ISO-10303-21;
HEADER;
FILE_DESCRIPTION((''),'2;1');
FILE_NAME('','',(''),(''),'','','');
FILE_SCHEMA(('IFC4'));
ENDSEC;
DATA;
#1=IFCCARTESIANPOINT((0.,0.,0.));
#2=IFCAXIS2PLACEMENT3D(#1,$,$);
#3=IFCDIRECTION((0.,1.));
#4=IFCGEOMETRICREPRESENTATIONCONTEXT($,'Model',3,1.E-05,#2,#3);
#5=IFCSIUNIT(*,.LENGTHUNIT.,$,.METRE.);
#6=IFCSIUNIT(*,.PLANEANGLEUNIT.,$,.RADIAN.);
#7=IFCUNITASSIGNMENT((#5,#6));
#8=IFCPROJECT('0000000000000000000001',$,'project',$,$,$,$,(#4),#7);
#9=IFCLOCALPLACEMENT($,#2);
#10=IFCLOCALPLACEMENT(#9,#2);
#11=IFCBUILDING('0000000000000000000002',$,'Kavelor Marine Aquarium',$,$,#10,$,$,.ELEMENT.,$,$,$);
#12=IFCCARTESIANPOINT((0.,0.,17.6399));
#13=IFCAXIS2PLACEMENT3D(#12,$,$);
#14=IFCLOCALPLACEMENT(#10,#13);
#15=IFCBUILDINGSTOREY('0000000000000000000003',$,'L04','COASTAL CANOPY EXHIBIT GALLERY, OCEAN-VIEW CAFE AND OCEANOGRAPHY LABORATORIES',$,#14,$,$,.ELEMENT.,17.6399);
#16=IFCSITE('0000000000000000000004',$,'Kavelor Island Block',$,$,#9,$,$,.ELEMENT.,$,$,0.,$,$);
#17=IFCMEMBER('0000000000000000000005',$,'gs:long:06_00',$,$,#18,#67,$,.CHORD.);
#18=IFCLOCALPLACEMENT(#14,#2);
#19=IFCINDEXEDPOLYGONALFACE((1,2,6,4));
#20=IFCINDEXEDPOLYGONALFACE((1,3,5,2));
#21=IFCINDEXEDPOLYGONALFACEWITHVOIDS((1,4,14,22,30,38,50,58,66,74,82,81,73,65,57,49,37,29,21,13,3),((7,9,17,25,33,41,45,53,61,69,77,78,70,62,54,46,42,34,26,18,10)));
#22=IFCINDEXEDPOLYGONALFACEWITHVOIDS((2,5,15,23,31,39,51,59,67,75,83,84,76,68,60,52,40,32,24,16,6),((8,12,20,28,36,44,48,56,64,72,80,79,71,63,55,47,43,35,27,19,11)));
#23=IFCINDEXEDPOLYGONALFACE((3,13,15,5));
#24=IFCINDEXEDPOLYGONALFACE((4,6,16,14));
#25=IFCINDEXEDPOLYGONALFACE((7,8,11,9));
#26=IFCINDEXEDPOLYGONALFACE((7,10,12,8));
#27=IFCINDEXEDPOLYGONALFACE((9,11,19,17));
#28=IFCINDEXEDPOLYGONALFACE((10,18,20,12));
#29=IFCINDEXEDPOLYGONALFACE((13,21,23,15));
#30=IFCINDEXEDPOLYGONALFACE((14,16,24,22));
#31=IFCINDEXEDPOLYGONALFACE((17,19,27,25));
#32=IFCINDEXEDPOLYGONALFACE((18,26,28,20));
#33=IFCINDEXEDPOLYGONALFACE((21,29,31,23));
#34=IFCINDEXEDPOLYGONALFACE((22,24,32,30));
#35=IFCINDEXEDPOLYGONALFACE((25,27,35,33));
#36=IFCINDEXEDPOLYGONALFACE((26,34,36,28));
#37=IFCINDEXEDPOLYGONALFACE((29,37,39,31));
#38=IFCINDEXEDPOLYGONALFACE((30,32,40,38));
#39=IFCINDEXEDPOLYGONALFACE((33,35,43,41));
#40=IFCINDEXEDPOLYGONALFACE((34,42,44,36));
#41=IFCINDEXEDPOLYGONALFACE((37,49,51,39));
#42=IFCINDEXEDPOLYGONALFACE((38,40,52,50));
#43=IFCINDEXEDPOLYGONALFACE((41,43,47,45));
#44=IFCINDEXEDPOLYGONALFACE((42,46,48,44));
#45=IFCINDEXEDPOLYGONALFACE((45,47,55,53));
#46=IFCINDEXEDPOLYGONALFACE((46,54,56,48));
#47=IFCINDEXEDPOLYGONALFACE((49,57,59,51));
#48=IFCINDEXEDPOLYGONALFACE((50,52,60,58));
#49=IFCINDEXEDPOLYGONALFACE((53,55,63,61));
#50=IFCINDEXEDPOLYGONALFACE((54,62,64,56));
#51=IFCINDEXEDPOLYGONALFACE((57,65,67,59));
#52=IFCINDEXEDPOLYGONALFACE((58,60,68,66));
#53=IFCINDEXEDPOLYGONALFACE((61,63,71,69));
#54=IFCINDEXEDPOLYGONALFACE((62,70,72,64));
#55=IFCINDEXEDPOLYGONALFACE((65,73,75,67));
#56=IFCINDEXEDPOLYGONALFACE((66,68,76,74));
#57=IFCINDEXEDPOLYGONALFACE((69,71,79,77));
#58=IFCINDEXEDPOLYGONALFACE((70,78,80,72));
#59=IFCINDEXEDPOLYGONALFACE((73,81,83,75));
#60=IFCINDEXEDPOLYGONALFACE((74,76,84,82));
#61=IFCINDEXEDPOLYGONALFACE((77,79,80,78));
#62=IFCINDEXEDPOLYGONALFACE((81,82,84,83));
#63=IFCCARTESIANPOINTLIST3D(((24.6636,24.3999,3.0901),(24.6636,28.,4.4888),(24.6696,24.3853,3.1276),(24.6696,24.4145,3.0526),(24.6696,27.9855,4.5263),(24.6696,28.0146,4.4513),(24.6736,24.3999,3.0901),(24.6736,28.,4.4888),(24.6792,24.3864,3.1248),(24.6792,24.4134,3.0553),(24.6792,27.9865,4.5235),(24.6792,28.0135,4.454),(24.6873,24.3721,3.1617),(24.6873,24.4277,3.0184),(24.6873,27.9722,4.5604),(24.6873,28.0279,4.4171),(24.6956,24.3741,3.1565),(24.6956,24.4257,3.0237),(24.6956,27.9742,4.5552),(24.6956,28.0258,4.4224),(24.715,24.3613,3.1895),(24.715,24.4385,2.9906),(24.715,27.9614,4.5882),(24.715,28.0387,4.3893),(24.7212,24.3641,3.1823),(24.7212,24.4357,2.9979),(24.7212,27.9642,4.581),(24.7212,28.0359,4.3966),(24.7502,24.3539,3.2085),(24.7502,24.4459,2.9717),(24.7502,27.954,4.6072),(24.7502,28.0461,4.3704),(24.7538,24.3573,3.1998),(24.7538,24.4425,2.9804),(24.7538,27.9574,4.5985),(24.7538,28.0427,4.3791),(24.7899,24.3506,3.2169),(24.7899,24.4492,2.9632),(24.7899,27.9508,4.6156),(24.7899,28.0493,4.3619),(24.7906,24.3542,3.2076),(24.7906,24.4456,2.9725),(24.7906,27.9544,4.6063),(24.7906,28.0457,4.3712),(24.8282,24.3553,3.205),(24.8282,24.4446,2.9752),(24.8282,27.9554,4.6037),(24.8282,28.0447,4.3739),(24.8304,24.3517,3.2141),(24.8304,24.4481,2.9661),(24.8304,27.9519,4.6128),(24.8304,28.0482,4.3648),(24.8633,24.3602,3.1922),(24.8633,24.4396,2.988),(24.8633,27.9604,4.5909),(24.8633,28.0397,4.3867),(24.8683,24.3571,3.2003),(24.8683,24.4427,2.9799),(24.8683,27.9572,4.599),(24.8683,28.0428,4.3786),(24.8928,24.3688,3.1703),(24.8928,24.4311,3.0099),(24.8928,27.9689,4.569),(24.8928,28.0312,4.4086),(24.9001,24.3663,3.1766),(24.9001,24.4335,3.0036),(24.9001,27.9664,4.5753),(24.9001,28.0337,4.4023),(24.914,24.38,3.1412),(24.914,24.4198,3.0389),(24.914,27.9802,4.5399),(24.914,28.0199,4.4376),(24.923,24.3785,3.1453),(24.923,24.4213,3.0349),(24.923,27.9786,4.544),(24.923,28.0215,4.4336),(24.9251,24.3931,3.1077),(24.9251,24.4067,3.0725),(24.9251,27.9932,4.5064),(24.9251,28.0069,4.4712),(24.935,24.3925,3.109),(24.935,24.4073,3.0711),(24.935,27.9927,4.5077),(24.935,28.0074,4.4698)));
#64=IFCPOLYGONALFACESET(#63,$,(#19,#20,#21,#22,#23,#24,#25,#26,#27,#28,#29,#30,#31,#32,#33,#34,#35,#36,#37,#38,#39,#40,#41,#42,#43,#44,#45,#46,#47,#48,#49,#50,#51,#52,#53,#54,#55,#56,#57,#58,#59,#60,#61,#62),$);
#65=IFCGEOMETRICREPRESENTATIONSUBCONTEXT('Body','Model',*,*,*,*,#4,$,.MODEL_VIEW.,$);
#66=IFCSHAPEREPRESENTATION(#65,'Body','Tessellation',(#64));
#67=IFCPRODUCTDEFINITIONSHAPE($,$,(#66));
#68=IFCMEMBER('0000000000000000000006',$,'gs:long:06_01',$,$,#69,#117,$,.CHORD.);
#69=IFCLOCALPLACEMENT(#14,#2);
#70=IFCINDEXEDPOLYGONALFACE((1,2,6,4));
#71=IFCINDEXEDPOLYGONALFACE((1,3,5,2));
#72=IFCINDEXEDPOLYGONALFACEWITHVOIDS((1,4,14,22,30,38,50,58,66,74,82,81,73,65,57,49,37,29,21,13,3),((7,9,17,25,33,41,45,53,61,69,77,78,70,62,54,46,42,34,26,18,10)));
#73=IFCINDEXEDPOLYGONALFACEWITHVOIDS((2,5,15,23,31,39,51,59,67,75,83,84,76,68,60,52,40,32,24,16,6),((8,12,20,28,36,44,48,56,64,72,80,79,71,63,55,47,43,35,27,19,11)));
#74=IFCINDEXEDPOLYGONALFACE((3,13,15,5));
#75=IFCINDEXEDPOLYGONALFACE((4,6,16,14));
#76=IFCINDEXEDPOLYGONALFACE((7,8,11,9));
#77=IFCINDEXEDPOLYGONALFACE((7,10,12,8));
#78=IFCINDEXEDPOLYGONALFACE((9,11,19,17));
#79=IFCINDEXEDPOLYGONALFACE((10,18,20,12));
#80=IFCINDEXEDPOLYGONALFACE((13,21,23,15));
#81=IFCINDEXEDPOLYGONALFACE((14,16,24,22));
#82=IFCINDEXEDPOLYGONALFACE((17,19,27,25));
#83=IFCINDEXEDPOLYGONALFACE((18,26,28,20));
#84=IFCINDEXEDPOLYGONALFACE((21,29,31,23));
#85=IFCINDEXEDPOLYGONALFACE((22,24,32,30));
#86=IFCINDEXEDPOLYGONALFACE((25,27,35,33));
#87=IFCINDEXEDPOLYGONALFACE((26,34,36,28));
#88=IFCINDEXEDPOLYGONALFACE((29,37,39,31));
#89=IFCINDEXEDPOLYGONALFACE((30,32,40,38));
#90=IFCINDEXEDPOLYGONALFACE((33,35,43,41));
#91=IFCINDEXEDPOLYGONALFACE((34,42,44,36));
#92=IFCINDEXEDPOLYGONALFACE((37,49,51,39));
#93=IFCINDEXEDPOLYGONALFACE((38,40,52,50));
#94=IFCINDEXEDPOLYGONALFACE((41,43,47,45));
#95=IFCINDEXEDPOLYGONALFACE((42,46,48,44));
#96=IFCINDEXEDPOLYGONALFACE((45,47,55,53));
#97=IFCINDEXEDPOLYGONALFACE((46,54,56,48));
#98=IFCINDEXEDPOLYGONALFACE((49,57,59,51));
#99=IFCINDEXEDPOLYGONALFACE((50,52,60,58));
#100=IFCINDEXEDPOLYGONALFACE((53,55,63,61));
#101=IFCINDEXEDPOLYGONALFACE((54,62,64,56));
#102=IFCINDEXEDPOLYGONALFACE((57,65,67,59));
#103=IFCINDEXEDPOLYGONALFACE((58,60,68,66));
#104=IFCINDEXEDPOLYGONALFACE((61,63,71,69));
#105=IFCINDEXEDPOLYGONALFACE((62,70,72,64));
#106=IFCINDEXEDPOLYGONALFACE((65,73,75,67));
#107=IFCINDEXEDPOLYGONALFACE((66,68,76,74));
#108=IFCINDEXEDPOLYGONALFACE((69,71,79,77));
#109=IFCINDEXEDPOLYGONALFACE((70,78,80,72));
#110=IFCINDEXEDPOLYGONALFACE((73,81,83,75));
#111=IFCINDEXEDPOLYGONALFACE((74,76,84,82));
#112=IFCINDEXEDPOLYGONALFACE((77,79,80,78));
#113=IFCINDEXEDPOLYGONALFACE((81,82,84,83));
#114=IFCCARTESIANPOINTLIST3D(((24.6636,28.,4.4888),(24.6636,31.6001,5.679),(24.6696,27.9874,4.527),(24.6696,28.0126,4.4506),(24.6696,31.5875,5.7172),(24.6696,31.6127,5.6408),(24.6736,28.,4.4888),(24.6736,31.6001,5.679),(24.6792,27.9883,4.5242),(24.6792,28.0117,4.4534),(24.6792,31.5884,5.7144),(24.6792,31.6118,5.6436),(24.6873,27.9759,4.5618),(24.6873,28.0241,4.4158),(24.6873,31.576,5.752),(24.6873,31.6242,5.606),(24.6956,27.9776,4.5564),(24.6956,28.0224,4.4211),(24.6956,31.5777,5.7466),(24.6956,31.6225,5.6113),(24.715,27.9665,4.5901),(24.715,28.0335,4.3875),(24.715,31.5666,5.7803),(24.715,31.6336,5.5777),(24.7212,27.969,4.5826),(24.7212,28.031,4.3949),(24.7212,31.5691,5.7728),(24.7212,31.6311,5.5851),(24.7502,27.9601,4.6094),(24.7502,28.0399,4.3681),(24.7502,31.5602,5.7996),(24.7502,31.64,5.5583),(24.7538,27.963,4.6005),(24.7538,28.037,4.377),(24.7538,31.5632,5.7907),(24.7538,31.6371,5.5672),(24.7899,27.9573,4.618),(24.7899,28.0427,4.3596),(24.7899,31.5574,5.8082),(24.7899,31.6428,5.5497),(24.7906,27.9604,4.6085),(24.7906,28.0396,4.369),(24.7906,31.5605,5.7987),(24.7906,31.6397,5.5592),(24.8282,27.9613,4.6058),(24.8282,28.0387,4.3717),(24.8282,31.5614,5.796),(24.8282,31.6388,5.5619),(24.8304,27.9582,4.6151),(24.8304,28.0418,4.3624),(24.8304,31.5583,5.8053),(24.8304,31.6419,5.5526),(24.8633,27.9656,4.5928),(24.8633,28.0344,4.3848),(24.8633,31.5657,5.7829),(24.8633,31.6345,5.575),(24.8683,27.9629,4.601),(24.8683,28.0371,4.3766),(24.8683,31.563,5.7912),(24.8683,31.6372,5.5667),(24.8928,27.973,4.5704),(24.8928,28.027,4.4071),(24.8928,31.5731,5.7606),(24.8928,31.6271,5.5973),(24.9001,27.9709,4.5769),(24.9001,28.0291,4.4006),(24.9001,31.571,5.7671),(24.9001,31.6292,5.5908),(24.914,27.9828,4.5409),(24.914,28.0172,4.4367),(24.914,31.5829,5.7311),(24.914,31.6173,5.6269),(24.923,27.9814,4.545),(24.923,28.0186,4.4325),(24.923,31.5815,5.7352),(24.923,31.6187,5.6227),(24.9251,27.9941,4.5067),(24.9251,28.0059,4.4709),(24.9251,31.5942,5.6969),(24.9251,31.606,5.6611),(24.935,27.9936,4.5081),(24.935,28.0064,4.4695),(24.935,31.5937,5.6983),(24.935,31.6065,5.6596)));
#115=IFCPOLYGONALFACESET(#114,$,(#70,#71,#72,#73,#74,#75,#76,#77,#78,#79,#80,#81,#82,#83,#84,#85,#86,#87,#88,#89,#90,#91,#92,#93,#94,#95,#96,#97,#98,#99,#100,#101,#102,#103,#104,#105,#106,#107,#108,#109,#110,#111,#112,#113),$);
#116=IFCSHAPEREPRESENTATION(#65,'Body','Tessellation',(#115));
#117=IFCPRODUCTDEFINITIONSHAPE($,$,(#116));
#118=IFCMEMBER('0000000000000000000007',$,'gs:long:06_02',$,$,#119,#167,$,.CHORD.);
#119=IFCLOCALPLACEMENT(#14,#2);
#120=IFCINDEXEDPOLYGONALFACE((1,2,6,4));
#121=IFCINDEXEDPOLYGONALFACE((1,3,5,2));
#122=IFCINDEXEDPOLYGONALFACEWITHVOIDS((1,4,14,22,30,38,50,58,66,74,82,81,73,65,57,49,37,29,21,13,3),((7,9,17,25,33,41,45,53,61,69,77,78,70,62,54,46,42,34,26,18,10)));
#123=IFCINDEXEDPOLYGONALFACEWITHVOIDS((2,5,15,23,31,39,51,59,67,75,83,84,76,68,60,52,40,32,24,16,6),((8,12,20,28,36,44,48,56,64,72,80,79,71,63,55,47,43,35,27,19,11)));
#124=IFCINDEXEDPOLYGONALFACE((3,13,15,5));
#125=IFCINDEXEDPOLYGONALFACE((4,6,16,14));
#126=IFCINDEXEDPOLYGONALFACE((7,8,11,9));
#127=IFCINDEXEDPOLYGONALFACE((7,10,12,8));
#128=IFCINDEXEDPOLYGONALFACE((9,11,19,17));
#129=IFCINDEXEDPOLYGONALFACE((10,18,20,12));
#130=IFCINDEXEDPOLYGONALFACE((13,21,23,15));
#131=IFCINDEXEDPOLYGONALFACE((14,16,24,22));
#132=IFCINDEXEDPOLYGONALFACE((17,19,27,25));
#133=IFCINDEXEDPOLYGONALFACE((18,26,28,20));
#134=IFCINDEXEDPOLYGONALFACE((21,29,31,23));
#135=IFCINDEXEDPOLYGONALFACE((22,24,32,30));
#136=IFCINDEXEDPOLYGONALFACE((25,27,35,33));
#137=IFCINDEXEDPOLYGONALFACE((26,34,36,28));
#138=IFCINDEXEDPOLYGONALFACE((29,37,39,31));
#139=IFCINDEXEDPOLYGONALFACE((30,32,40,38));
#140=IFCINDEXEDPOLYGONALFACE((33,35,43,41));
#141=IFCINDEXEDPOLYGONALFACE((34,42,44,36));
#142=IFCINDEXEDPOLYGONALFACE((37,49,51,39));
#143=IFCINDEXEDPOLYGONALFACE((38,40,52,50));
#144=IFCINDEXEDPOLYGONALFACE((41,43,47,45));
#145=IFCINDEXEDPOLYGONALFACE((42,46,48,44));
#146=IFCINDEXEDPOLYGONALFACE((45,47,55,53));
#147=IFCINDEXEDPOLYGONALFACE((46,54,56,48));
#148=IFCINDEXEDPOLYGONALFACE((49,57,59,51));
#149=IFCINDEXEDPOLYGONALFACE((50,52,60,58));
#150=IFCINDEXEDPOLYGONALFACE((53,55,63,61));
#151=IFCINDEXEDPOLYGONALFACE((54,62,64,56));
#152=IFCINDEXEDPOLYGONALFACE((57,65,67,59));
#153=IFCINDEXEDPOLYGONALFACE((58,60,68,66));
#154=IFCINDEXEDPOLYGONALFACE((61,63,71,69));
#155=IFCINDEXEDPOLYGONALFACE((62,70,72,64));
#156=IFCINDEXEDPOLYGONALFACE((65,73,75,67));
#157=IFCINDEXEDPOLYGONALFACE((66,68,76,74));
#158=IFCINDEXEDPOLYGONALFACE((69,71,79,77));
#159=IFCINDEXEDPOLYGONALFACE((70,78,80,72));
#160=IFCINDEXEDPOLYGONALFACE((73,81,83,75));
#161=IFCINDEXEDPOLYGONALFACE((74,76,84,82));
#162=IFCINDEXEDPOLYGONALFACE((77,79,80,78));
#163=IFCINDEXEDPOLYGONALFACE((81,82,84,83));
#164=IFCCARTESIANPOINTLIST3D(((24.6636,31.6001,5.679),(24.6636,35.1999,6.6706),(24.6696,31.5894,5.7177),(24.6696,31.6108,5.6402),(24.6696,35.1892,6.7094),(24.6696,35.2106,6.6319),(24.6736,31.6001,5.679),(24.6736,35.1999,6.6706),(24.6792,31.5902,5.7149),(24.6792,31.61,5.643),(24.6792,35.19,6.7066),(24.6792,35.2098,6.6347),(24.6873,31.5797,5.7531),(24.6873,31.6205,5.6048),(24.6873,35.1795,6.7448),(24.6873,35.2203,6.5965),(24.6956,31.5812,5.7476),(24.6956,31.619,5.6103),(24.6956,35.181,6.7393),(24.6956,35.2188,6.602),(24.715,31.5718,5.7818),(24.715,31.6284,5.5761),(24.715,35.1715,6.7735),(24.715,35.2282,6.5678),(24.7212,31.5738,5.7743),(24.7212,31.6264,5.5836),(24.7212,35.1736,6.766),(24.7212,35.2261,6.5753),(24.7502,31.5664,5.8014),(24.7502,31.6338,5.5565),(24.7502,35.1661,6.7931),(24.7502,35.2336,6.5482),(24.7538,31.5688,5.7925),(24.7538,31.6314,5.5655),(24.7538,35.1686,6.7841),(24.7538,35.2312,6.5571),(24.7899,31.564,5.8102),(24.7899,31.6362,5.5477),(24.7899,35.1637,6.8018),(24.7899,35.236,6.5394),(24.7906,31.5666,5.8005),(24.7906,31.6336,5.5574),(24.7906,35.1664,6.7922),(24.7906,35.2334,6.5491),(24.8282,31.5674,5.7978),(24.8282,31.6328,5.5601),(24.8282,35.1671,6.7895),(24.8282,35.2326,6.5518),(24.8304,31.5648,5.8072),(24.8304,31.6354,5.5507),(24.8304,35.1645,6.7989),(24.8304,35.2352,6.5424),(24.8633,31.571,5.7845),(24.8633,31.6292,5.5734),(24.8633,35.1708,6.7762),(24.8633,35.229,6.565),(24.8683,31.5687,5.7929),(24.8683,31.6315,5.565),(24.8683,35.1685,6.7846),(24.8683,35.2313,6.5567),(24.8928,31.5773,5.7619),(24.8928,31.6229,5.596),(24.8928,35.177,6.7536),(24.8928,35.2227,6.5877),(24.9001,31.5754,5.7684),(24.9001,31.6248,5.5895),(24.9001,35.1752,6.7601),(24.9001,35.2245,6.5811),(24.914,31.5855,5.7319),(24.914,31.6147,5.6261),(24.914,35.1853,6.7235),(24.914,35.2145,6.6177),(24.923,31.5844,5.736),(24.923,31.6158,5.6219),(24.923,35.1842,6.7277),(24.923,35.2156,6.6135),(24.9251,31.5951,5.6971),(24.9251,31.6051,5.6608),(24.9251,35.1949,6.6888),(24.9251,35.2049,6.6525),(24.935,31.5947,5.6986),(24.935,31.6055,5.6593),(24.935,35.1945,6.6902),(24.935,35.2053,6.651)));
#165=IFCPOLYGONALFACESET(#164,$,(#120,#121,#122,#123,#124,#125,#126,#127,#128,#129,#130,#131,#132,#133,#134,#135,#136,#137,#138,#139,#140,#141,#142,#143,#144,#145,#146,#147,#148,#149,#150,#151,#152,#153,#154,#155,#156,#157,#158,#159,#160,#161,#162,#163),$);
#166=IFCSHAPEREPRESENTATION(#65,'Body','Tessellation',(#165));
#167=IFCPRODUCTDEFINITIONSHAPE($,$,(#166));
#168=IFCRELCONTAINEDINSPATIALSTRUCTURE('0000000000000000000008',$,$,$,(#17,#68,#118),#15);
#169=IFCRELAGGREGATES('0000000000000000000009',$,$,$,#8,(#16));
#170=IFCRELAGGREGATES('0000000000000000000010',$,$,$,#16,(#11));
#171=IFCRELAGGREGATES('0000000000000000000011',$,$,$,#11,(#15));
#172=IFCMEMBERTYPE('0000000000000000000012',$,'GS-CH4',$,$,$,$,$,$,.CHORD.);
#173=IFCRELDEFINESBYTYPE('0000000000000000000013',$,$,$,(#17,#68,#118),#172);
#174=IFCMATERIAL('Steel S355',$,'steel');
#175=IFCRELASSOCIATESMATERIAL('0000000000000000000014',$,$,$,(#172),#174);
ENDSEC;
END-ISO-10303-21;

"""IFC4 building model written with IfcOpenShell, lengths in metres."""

from ifc_helpers import new_model, si_unit, direction, frame, origin, origin_2d, place, context, subcontext, project, spatial, hollow_circle, extrude, material, material_profile, profile_set, type_object, element, save


model = new_model("IFC4")

# Units and contexts
model_context = context("Model", 3, precision=1e-05, world=origin(), true_north=direction((0.0, 1.0)))
body_context = subcontext(model_context, "Body", "Model", "MODEL_VIEW")
ifc_project = project(units=[si_unit("LENGTHUNIT", "METRE"), si_unit("PLANEANGLEUNIT", "RADIAN")], contexts=[model_context])

# Site, building, storey
site_placement = place(None, origin())
site = spatial("IfcSite", under=ifc_project, at=site_placement, Name="Kavelor Island Block", CompositionType="ELEMENT", RefElevation=0.0)
building_placement = place(site_placement, origin())
building = spatial("IfcBuilding", under=site, at=building_placement, Name="Kavelor Marine Aquarium", CompositionType="ELEMENT")
storey_placement = place(building_placement, frame((0.0, 0.0, 17.6399)))
storey = spatial("IfcBuildingStorey", under=building, at=storey_placement, Name="L04", Description="COASTAL CANOPY EXHIBIT GALLERY, OCEAN-VIEW CAFE AND OCEANOGRAPHY LABORATORIES", CompositionType="ELEMENT", Elevation=17.6399)

# Members
ifc_material_1 = material(Name="Steel S355", Category="steel")
ifc_material_profile_1 = material_profile(ifc_material_1, hollow_circle(Radius=0.1365, WallThickness=0.01, at=origin_2d()), Name="CHS 273.0x10.0")
ifc_profile_set_1 = profile_set([ifc_material_profile_1], Name="Steel S355")
member_type_1 = type_object("IfcMemberType", Name="GS-CH4", PredefinedType="CHORD", material=ifc_profile_set_1)
member_1_placement = place(storey_placement, frame((24.8, 24.3999, 3.0901), z_axis=(0.0, 0.932123, 0.362141), x_axis=(-1.0, 0.0, 0.0)))
element("IfcMember", 1, at=member_1_placement, inside=storey, type_object=member_type_1, Name="gs:long:06_00", PredefinedType="CHORD", context=body_context, shape_type="SweptSolid", body=[
    extrude(hollow_circle(Radius=0.1365, WallThickness=0.01, at=origin_2d()), origin(), (0.0, 0.0, 1.0), 3.8623),
])
member_2_placement = place(storey_placement, frame((24.8, 28.0, 4.4888), z_axis=(0.0, 0.94946, 0.31389), x_axis=(-1.0, 0.0, 0.0)))
element("IfcMember", 2, at=member_2_placement, inside=storey, type_object=member_type_1, Name="gs:long:06_01", PredefinedType="CHORD", context=body_context, shape_type="SweptSolid", body=[
    extrude(hollow_circle(Radius=0.1365, WallThickness=0.01, at=origin_2d()), origin(), (0.0, 0.0, 1.0), 3.7917),
])
member_3_placement = place(storey_placement, frame((24.8, 31.6001, 5.679), z_axis=(0.0, 0.964086, 0.26559), x_axis=(-1.0, 0.0, 0.0)))
element("IfcMember", 3, at=member_3_placement, inside=storey, type_object=member_type_1, Name="gs:long:06_02", PredefinedType="CHORD", context=body_context, shape_type="SweptSolid", body=[
    extrude(hollow_circle(Radius=0.1365, WallThickness=0.01, at=origin_2d()), origin(), (0.0, 0.0, 1.0), 3.7339),
])

save(model, "model.ifc")
